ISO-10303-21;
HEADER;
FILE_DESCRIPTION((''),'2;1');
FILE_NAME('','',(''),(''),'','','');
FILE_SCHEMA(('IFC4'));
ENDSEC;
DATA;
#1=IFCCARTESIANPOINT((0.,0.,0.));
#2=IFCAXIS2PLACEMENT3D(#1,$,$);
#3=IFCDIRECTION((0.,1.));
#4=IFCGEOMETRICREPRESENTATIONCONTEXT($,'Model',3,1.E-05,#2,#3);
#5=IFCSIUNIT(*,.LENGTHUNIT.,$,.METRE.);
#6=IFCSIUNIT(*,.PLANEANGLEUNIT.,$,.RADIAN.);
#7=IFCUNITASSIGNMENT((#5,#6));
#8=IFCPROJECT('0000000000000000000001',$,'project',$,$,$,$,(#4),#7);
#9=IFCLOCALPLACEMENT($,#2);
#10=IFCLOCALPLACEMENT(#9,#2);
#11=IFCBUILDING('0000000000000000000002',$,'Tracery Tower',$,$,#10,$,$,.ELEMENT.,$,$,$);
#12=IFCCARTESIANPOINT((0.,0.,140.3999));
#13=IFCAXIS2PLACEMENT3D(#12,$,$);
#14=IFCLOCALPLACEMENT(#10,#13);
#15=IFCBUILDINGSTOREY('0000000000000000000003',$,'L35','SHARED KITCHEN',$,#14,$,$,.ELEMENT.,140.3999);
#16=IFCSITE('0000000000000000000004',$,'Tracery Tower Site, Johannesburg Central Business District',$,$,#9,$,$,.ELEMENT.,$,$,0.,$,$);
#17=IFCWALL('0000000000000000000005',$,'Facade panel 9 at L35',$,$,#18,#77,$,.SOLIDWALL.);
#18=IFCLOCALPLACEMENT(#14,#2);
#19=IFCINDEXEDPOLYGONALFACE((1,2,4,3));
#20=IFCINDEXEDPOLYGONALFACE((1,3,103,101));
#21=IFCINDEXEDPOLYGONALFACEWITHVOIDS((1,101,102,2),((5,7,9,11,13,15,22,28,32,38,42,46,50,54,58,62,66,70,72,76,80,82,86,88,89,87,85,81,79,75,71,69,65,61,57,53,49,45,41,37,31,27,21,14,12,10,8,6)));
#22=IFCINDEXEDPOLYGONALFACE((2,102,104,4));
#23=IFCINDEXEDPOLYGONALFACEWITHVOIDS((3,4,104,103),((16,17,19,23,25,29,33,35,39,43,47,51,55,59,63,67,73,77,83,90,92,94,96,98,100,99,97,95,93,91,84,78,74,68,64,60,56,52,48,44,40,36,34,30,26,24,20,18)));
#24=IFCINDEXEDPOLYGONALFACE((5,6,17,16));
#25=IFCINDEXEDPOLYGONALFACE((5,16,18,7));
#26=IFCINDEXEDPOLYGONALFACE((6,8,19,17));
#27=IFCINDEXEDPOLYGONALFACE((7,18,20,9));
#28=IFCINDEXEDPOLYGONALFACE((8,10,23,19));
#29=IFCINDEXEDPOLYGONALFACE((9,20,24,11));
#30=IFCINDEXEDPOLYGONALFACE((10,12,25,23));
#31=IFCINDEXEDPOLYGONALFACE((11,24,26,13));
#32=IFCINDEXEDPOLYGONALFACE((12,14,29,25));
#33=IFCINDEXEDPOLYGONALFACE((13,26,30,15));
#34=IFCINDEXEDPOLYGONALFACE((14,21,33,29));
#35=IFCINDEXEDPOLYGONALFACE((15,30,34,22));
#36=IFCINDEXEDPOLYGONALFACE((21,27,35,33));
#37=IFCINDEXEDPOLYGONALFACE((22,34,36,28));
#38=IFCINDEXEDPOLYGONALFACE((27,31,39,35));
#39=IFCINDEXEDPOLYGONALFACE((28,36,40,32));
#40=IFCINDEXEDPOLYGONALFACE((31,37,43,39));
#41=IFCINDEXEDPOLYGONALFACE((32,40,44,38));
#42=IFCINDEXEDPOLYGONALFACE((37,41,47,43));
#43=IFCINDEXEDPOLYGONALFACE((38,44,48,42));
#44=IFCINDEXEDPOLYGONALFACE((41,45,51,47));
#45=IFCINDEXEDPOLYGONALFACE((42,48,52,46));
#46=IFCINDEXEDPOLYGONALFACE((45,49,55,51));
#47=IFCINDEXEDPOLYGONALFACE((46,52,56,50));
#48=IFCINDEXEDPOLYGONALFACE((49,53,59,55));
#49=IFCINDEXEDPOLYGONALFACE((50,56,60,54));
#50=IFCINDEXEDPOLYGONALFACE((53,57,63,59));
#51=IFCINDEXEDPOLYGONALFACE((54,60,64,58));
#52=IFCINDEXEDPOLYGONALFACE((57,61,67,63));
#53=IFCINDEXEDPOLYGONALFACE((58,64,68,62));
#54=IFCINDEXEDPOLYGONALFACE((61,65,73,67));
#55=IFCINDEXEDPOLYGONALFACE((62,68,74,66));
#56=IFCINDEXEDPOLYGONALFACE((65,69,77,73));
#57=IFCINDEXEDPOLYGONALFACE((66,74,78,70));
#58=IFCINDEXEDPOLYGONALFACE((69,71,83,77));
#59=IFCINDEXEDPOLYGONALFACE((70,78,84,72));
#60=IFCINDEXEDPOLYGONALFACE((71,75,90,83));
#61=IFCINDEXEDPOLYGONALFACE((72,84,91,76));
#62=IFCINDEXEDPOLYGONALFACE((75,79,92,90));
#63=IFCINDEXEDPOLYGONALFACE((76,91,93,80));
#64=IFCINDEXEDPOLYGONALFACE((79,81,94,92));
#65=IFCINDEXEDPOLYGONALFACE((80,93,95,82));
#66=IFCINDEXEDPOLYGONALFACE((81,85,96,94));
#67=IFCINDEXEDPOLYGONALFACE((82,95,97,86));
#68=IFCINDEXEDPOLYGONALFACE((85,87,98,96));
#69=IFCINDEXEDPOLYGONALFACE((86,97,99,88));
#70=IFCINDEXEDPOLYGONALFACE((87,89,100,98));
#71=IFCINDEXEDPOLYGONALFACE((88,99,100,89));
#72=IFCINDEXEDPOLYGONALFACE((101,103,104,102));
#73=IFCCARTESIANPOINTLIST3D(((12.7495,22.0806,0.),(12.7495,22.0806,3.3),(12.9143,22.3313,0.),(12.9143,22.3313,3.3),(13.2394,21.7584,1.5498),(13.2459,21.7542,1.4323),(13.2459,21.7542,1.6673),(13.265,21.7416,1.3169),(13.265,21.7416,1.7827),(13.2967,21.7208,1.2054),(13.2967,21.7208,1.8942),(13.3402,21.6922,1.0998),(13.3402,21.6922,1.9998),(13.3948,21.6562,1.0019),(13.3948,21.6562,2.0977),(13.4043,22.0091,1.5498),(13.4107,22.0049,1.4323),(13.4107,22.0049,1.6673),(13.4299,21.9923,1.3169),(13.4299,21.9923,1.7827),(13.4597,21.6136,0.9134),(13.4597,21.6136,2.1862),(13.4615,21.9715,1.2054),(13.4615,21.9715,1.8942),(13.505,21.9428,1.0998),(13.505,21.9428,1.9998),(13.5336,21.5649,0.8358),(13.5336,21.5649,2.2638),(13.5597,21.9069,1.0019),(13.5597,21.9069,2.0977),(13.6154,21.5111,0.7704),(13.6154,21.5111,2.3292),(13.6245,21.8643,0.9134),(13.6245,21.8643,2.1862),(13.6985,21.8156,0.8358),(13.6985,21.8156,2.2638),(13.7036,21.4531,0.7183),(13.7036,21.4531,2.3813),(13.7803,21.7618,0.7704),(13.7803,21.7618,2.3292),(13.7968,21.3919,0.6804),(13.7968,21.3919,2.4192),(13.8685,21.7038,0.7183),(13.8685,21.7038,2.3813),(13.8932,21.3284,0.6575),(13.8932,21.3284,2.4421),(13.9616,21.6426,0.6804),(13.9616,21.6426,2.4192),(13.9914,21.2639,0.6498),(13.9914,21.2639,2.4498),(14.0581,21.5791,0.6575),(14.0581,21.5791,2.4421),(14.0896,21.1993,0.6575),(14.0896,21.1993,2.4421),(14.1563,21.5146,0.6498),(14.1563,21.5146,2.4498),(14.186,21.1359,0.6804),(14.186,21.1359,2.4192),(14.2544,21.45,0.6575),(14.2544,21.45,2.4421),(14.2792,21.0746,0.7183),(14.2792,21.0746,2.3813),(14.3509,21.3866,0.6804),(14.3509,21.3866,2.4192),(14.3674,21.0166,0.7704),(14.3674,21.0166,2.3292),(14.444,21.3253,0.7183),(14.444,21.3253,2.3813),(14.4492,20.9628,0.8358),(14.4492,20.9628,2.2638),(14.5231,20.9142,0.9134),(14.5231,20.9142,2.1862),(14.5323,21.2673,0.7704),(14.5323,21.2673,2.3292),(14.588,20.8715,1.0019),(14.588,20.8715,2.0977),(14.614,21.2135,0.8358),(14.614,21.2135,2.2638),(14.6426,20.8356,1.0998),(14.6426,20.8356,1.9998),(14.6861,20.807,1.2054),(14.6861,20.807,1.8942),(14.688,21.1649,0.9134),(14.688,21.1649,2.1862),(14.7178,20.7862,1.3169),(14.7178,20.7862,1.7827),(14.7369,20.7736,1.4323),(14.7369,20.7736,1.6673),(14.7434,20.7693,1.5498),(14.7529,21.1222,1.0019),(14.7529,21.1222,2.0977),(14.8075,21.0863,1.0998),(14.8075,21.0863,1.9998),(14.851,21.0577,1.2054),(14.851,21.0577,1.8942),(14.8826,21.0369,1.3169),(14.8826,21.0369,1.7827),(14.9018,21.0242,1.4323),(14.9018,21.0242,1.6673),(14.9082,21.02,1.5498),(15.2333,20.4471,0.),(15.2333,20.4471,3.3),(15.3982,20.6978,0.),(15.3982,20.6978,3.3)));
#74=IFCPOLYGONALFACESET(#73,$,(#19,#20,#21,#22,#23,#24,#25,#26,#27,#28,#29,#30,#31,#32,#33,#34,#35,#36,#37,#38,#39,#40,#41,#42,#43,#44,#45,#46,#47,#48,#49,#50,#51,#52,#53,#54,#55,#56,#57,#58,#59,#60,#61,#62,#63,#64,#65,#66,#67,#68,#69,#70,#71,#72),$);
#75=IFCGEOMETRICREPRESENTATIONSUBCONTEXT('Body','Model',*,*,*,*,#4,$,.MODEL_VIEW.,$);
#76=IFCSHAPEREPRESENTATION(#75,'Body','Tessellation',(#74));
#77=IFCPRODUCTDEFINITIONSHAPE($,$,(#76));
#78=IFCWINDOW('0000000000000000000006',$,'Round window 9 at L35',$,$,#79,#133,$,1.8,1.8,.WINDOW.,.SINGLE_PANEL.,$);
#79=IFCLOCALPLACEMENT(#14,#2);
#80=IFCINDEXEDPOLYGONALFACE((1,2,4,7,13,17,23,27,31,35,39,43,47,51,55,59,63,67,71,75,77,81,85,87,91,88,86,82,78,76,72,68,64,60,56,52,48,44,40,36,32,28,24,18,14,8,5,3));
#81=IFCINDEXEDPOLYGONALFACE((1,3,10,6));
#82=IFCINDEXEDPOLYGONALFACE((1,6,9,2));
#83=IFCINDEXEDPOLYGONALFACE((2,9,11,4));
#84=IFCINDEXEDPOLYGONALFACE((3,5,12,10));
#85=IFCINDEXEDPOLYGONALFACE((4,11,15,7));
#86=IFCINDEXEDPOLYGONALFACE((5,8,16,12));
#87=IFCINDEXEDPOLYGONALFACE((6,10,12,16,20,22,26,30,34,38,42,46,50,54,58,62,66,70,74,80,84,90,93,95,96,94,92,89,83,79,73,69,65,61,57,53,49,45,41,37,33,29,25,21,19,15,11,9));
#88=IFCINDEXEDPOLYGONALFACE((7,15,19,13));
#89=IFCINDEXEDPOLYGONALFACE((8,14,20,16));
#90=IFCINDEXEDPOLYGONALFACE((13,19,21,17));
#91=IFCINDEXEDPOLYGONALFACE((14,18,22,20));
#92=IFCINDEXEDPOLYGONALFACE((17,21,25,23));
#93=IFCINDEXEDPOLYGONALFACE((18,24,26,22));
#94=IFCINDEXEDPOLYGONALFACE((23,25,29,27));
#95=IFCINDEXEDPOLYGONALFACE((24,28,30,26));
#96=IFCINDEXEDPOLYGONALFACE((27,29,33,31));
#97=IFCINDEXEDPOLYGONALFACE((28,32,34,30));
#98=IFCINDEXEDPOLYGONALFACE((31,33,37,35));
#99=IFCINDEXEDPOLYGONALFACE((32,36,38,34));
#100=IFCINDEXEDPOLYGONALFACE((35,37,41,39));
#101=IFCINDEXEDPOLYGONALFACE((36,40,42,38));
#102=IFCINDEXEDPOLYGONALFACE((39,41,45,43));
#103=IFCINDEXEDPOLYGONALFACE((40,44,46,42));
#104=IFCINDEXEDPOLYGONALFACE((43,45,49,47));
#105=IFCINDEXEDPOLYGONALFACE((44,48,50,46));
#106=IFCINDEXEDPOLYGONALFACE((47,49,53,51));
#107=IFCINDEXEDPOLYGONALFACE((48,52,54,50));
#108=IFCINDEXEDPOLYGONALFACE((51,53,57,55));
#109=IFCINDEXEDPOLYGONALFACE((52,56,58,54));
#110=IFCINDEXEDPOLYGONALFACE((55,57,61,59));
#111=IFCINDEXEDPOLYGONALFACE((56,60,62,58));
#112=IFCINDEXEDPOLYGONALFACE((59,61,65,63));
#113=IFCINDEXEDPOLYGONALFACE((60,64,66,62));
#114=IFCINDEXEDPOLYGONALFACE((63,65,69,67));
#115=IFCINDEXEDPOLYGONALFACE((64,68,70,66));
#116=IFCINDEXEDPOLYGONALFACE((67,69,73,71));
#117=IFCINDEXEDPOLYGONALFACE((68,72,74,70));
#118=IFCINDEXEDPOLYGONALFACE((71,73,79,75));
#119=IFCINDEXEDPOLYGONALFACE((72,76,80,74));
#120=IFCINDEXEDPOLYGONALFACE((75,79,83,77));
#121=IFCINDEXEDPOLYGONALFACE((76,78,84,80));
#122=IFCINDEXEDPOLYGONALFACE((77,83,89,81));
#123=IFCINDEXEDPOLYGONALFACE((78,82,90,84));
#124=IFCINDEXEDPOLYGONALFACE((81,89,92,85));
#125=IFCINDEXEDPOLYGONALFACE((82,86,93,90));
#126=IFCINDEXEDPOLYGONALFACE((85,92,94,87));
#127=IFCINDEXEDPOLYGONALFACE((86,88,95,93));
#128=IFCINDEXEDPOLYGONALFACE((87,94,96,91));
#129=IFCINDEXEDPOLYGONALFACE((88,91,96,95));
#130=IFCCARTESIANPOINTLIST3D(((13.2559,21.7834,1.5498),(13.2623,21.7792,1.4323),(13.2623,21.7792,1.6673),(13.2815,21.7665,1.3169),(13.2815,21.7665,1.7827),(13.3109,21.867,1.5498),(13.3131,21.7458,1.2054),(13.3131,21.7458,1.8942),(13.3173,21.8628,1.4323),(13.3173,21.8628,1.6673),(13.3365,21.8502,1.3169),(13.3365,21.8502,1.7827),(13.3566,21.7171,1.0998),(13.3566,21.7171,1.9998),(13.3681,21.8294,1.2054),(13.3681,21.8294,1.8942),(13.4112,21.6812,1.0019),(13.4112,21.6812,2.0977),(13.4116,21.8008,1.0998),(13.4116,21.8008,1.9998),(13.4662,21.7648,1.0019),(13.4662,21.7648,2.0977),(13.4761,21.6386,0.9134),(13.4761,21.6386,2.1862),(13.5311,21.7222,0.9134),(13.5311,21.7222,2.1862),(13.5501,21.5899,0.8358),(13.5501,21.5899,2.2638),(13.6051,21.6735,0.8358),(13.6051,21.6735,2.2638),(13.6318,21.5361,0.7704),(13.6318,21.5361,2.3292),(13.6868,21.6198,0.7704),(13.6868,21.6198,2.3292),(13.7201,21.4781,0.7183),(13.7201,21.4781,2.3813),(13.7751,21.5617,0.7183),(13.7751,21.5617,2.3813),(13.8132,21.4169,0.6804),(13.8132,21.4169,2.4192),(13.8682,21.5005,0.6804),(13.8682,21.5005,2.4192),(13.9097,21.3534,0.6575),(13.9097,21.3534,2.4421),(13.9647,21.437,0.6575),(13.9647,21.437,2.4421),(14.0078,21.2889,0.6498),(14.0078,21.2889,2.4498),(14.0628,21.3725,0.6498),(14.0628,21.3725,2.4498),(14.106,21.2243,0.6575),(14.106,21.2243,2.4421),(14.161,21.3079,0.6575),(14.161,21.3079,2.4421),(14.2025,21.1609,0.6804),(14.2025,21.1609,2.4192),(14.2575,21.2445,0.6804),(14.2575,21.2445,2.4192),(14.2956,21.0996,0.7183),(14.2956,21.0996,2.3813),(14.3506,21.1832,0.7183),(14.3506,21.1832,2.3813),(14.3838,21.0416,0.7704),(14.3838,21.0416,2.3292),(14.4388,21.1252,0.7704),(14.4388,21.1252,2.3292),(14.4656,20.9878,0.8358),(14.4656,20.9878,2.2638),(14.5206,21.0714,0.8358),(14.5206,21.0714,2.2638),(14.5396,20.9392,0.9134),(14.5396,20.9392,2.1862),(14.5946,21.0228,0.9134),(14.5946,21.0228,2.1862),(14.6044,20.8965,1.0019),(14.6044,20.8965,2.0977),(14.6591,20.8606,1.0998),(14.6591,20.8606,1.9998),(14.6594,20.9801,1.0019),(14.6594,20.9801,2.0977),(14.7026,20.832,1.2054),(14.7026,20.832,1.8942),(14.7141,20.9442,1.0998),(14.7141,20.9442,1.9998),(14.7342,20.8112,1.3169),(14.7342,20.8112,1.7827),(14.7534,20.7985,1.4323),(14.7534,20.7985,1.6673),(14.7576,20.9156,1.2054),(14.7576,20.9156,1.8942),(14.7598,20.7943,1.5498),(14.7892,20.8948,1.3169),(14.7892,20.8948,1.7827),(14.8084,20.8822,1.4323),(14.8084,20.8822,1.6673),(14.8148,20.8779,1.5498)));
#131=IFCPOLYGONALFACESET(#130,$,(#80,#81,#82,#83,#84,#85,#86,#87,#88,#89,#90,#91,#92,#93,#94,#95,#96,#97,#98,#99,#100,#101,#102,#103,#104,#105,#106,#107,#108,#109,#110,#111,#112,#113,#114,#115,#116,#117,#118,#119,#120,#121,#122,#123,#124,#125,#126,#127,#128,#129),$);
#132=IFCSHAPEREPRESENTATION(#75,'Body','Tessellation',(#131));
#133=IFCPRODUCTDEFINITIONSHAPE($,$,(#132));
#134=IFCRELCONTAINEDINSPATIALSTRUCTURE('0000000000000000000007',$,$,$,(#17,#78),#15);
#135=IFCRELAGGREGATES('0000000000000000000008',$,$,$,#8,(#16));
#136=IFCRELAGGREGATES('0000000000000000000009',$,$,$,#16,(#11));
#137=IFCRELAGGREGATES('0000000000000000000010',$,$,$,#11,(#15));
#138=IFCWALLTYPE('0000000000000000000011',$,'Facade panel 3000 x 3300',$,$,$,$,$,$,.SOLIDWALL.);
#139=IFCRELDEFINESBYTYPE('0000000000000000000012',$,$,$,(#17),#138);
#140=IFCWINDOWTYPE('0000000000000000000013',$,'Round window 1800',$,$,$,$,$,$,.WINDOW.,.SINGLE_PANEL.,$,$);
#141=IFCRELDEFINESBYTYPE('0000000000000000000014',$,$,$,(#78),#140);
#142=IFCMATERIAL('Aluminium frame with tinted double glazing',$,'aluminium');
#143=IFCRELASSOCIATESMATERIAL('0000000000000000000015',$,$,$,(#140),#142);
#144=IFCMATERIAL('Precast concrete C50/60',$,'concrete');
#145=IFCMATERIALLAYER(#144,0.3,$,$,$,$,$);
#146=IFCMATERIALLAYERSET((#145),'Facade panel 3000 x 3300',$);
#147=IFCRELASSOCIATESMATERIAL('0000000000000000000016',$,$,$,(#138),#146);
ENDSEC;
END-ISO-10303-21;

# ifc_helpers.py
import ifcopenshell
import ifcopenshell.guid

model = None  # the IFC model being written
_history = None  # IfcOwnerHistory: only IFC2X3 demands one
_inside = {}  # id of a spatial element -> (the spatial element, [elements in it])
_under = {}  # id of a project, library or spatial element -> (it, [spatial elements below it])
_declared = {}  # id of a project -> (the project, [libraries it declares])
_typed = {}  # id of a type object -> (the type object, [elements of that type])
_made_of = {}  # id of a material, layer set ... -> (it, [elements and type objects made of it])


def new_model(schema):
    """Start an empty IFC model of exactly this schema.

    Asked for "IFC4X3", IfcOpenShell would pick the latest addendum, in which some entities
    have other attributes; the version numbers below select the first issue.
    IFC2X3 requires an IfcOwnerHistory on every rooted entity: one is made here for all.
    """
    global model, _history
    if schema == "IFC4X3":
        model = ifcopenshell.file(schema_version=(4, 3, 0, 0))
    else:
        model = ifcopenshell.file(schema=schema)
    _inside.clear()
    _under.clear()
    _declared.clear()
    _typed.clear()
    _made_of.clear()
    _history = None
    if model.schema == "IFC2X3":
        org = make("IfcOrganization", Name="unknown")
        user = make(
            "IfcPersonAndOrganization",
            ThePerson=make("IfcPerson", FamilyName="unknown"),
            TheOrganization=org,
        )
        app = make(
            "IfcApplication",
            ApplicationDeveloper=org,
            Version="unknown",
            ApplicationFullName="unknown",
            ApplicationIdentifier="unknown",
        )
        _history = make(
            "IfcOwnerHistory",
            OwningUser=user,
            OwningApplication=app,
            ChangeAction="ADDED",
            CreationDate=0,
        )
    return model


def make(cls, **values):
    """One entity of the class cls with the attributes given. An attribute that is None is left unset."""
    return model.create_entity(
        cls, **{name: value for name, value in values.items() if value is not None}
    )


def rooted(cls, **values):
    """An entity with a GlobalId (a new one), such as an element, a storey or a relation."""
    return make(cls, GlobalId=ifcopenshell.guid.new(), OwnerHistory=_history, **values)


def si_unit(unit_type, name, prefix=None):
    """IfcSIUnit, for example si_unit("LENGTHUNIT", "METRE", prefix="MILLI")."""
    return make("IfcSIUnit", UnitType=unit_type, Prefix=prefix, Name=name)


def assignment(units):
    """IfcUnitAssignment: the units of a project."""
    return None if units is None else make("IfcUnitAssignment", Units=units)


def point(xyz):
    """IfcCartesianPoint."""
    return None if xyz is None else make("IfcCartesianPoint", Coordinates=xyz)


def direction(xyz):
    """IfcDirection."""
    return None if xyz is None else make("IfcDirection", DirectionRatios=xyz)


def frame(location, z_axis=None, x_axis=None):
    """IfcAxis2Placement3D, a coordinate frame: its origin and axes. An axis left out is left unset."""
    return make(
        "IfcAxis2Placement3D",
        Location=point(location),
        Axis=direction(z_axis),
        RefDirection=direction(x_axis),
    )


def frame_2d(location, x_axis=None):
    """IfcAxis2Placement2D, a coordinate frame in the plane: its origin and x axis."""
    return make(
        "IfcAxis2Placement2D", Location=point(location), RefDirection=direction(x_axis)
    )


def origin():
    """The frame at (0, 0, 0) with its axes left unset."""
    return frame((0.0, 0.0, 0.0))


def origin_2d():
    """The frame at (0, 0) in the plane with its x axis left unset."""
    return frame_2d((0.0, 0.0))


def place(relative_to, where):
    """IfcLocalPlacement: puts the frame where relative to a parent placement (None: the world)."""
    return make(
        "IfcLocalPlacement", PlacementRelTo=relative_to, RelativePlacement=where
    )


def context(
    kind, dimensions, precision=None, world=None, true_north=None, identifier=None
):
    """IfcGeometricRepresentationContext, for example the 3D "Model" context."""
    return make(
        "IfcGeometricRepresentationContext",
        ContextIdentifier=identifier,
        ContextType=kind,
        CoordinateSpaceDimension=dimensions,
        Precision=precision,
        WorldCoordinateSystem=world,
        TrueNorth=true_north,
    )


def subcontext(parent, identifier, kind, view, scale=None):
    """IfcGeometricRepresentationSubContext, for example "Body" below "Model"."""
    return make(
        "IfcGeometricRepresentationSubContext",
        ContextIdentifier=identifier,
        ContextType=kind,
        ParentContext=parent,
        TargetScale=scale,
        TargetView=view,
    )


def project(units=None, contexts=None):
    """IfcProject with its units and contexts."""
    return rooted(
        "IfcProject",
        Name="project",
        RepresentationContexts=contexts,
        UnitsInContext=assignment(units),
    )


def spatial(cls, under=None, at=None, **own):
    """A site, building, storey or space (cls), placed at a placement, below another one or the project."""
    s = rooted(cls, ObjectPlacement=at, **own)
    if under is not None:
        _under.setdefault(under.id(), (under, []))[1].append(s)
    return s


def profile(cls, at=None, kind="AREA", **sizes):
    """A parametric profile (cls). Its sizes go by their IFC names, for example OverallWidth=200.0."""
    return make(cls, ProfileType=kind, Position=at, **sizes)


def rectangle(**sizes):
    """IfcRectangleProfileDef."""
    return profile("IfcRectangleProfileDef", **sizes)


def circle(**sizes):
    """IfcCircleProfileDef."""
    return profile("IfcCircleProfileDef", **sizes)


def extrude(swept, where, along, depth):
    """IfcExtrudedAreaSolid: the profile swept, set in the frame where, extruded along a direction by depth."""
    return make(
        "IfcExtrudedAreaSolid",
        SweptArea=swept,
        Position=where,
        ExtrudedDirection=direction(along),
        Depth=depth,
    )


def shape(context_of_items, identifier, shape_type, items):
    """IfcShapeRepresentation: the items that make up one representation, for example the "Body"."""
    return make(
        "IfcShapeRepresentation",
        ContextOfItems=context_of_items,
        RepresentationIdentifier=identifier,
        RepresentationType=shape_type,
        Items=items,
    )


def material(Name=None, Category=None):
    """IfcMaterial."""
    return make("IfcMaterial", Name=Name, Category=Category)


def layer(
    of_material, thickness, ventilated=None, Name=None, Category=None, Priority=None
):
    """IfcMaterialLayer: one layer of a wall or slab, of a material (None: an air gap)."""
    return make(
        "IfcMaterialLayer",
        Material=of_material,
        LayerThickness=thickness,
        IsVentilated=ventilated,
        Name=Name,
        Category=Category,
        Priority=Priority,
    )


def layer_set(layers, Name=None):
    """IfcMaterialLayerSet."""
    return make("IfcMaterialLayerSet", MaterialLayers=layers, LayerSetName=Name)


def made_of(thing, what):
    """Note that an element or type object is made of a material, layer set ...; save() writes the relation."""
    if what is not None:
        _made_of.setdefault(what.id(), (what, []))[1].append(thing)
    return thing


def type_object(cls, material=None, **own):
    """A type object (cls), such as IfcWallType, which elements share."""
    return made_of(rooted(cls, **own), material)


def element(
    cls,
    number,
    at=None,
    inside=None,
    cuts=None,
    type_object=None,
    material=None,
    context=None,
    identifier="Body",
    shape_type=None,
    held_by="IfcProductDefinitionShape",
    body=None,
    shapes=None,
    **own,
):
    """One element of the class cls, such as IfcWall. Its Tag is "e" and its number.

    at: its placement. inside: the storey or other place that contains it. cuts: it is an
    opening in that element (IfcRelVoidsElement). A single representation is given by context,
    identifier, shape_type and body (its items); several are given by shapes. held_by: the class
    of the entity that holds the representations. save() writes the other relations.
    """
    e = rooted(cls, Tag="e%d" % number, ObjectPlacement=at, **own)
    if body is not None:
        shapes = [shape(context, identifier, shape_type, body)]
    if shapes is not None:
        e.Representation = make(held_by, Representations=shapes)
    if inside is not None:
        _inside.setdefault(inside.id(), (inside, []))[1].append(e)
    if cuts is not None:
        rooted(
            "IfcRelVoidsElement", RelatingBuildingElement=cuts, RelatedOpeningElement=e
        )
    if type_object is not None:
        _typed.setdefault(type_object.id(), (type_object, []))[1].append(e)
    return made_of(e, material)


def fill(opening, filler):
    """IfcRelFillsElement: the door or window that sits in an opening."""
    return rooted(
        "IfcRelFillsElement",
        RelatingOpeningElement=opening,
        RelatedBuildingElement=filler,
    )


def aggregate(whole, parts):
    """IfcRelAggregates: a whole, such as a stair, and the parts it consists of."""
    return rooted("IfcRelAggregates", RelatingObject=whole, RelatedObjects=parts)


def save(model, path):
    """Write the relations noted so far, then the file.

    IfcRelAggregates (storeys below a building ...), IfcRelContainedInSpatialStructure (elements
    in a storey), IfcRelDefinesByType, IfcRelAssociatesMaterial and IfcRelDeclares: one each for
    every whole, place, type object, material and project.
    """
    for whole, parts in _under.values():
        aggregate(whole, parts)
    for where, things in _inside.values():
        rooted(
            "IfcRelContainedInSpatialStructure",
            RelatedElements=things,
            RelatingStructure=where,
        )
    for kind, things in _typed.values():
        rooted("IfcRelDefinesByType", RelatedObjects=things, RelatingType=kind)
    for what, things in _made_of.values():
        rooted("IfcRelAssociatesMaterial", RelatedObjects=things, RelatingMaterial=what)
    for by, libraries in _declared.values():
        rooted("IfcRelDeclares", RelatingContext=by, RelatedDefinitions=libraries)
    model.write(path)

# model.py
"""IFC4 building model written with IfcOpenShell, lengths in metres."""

from ifc_helpers import new_model, si_unit, direction, frame, frame_2d, origin, origin_2d, place, context, subcontext, project, spatial, rectangle, circle, extrude, material, layer, layer_set, type_object, element, fill, save


model = new_model("IFC4")

# Units and contexts
model_context = context("Model", 3, precision=1e-05, world=origin(), true_north=direction((0.0, 1.0)))
body_context = subcontext(model_context, "Body", "Model", "MODEL_VIEW")
ifc_project = project(units=[si_unit("LENGTHUNIT", "METRE"), si_unit("PLANEANGLEUNIT", "RADIAN")], contexts=[model_context])

# Site, building, storey
site_placement = place(None, origin())
site = spatial("IfcSite", under=ifc_project, at=site_placement, Name="Tracery Tower Site, Johannesburg Central Business District", CompositionType="ELEMENT", RefElevation=0.0)
building_placement = place(site_placement, origin())
building = spatial("IfcBuilding", under=site, at=building_placement, Name="Tracery Tower", CompositionType="ELEMENT")
storey_placement = place(building_placement, frame((0.0, 0.0, 140.3999)))
storey = spatial("IfcBuildingStorey", under=building, at=storey_placement, Name="L35", Description="SHARED KITCHEN", CompositionType="ELEMENT", Elevation=140.3999)

# Wall, opening, window
ifc_material_1 = material(Name="Aluminium frame with tinted double glazing", Category="aluminium")
window_type = type_object("IfcWindowType", Name="Round window 1800", PartitioningType="SINGLE_PANEL", PredefinedType="WINDOW", material=ifc_material_1)
ifc_material_2 = material(Name="Precast concrete C50/60", Category="concrete")
ifc_layer_1 = layer(ifc_material_2, 0.3)
ifc_layer_set_1 = layer_set([ifc_layer_1], Name="Facade panel 3000 x 3300")
wall_type_1 = type_object("IfcWallType", Name="Facade panel 3000 x 3300", PredefinedType="SOLIDWALL", material=ifc_layer_set_1)
wall_1_placement = place(storey_placement, frame((15.3157, 20.5725, 0.0), z_axis=(0.0, 0.0, 1.0), x_axis=(-0.835508, 0.549478, 0.0)))
wall_1 = element("IfcWall", 1, at=wall_1_placement, inside=storey, type_object=wall_type_1, Name="Facade panel 9 at L35", PredefinedType="SOLIDWALL", context=body_context, shape_type="SweptSolid", body=[
    extrude(rectangle(XDim=2.9729, YDim=0.3, at=frame_2d((1.4863, 0.0))), origin(), (0.0, 0.0, 1.0), 3.3),
])
opening_1_placement = place(wall_1_placement, frame((1.4863, 0.0, 1.5498)))
opening_1 = element("IfcOpeningElement", 2, at=opening_1_placement, cuts=wall_1, PredefinedType="OPENING", context=body_context, shape_type="SweptSolid", body=[
    extrude(circle(Radius=0.9, at=origin_2d()), frame((0.0, 0.1599, 0.0), z_axis=(0.0, -1.0, 0.0), x_axis=(1.0, 0.0, 0.0)), (0.0, 0.0, 1.0), 0.3201),
])
window_1_placement = place(opening_1_placement, origin())
window_1 = element("IfcWindow", 3, at=window_1_placement, inside=storey, type_object=window_type, Name="Round window 9 at L35", OverallHeight=1.8, OverallWidth=1.8, PartitioningType="SINGLE_PANEL", PredefinedType="WINDOW", context=body_context, shape_type="SweptSolid", body=[
    extrude(circle(Radius=0.9, at=origin_2d()), frame((0.0, 0.1201, 0.0), z_axis=(0.0, -1.0, 0.0), x_axis=(1.0, 0.0, 0.0)), (0.0, 0.0, 1.0), 0.1001),
])
fill(opening_1, window_1)

save(model, "model.ifc")
